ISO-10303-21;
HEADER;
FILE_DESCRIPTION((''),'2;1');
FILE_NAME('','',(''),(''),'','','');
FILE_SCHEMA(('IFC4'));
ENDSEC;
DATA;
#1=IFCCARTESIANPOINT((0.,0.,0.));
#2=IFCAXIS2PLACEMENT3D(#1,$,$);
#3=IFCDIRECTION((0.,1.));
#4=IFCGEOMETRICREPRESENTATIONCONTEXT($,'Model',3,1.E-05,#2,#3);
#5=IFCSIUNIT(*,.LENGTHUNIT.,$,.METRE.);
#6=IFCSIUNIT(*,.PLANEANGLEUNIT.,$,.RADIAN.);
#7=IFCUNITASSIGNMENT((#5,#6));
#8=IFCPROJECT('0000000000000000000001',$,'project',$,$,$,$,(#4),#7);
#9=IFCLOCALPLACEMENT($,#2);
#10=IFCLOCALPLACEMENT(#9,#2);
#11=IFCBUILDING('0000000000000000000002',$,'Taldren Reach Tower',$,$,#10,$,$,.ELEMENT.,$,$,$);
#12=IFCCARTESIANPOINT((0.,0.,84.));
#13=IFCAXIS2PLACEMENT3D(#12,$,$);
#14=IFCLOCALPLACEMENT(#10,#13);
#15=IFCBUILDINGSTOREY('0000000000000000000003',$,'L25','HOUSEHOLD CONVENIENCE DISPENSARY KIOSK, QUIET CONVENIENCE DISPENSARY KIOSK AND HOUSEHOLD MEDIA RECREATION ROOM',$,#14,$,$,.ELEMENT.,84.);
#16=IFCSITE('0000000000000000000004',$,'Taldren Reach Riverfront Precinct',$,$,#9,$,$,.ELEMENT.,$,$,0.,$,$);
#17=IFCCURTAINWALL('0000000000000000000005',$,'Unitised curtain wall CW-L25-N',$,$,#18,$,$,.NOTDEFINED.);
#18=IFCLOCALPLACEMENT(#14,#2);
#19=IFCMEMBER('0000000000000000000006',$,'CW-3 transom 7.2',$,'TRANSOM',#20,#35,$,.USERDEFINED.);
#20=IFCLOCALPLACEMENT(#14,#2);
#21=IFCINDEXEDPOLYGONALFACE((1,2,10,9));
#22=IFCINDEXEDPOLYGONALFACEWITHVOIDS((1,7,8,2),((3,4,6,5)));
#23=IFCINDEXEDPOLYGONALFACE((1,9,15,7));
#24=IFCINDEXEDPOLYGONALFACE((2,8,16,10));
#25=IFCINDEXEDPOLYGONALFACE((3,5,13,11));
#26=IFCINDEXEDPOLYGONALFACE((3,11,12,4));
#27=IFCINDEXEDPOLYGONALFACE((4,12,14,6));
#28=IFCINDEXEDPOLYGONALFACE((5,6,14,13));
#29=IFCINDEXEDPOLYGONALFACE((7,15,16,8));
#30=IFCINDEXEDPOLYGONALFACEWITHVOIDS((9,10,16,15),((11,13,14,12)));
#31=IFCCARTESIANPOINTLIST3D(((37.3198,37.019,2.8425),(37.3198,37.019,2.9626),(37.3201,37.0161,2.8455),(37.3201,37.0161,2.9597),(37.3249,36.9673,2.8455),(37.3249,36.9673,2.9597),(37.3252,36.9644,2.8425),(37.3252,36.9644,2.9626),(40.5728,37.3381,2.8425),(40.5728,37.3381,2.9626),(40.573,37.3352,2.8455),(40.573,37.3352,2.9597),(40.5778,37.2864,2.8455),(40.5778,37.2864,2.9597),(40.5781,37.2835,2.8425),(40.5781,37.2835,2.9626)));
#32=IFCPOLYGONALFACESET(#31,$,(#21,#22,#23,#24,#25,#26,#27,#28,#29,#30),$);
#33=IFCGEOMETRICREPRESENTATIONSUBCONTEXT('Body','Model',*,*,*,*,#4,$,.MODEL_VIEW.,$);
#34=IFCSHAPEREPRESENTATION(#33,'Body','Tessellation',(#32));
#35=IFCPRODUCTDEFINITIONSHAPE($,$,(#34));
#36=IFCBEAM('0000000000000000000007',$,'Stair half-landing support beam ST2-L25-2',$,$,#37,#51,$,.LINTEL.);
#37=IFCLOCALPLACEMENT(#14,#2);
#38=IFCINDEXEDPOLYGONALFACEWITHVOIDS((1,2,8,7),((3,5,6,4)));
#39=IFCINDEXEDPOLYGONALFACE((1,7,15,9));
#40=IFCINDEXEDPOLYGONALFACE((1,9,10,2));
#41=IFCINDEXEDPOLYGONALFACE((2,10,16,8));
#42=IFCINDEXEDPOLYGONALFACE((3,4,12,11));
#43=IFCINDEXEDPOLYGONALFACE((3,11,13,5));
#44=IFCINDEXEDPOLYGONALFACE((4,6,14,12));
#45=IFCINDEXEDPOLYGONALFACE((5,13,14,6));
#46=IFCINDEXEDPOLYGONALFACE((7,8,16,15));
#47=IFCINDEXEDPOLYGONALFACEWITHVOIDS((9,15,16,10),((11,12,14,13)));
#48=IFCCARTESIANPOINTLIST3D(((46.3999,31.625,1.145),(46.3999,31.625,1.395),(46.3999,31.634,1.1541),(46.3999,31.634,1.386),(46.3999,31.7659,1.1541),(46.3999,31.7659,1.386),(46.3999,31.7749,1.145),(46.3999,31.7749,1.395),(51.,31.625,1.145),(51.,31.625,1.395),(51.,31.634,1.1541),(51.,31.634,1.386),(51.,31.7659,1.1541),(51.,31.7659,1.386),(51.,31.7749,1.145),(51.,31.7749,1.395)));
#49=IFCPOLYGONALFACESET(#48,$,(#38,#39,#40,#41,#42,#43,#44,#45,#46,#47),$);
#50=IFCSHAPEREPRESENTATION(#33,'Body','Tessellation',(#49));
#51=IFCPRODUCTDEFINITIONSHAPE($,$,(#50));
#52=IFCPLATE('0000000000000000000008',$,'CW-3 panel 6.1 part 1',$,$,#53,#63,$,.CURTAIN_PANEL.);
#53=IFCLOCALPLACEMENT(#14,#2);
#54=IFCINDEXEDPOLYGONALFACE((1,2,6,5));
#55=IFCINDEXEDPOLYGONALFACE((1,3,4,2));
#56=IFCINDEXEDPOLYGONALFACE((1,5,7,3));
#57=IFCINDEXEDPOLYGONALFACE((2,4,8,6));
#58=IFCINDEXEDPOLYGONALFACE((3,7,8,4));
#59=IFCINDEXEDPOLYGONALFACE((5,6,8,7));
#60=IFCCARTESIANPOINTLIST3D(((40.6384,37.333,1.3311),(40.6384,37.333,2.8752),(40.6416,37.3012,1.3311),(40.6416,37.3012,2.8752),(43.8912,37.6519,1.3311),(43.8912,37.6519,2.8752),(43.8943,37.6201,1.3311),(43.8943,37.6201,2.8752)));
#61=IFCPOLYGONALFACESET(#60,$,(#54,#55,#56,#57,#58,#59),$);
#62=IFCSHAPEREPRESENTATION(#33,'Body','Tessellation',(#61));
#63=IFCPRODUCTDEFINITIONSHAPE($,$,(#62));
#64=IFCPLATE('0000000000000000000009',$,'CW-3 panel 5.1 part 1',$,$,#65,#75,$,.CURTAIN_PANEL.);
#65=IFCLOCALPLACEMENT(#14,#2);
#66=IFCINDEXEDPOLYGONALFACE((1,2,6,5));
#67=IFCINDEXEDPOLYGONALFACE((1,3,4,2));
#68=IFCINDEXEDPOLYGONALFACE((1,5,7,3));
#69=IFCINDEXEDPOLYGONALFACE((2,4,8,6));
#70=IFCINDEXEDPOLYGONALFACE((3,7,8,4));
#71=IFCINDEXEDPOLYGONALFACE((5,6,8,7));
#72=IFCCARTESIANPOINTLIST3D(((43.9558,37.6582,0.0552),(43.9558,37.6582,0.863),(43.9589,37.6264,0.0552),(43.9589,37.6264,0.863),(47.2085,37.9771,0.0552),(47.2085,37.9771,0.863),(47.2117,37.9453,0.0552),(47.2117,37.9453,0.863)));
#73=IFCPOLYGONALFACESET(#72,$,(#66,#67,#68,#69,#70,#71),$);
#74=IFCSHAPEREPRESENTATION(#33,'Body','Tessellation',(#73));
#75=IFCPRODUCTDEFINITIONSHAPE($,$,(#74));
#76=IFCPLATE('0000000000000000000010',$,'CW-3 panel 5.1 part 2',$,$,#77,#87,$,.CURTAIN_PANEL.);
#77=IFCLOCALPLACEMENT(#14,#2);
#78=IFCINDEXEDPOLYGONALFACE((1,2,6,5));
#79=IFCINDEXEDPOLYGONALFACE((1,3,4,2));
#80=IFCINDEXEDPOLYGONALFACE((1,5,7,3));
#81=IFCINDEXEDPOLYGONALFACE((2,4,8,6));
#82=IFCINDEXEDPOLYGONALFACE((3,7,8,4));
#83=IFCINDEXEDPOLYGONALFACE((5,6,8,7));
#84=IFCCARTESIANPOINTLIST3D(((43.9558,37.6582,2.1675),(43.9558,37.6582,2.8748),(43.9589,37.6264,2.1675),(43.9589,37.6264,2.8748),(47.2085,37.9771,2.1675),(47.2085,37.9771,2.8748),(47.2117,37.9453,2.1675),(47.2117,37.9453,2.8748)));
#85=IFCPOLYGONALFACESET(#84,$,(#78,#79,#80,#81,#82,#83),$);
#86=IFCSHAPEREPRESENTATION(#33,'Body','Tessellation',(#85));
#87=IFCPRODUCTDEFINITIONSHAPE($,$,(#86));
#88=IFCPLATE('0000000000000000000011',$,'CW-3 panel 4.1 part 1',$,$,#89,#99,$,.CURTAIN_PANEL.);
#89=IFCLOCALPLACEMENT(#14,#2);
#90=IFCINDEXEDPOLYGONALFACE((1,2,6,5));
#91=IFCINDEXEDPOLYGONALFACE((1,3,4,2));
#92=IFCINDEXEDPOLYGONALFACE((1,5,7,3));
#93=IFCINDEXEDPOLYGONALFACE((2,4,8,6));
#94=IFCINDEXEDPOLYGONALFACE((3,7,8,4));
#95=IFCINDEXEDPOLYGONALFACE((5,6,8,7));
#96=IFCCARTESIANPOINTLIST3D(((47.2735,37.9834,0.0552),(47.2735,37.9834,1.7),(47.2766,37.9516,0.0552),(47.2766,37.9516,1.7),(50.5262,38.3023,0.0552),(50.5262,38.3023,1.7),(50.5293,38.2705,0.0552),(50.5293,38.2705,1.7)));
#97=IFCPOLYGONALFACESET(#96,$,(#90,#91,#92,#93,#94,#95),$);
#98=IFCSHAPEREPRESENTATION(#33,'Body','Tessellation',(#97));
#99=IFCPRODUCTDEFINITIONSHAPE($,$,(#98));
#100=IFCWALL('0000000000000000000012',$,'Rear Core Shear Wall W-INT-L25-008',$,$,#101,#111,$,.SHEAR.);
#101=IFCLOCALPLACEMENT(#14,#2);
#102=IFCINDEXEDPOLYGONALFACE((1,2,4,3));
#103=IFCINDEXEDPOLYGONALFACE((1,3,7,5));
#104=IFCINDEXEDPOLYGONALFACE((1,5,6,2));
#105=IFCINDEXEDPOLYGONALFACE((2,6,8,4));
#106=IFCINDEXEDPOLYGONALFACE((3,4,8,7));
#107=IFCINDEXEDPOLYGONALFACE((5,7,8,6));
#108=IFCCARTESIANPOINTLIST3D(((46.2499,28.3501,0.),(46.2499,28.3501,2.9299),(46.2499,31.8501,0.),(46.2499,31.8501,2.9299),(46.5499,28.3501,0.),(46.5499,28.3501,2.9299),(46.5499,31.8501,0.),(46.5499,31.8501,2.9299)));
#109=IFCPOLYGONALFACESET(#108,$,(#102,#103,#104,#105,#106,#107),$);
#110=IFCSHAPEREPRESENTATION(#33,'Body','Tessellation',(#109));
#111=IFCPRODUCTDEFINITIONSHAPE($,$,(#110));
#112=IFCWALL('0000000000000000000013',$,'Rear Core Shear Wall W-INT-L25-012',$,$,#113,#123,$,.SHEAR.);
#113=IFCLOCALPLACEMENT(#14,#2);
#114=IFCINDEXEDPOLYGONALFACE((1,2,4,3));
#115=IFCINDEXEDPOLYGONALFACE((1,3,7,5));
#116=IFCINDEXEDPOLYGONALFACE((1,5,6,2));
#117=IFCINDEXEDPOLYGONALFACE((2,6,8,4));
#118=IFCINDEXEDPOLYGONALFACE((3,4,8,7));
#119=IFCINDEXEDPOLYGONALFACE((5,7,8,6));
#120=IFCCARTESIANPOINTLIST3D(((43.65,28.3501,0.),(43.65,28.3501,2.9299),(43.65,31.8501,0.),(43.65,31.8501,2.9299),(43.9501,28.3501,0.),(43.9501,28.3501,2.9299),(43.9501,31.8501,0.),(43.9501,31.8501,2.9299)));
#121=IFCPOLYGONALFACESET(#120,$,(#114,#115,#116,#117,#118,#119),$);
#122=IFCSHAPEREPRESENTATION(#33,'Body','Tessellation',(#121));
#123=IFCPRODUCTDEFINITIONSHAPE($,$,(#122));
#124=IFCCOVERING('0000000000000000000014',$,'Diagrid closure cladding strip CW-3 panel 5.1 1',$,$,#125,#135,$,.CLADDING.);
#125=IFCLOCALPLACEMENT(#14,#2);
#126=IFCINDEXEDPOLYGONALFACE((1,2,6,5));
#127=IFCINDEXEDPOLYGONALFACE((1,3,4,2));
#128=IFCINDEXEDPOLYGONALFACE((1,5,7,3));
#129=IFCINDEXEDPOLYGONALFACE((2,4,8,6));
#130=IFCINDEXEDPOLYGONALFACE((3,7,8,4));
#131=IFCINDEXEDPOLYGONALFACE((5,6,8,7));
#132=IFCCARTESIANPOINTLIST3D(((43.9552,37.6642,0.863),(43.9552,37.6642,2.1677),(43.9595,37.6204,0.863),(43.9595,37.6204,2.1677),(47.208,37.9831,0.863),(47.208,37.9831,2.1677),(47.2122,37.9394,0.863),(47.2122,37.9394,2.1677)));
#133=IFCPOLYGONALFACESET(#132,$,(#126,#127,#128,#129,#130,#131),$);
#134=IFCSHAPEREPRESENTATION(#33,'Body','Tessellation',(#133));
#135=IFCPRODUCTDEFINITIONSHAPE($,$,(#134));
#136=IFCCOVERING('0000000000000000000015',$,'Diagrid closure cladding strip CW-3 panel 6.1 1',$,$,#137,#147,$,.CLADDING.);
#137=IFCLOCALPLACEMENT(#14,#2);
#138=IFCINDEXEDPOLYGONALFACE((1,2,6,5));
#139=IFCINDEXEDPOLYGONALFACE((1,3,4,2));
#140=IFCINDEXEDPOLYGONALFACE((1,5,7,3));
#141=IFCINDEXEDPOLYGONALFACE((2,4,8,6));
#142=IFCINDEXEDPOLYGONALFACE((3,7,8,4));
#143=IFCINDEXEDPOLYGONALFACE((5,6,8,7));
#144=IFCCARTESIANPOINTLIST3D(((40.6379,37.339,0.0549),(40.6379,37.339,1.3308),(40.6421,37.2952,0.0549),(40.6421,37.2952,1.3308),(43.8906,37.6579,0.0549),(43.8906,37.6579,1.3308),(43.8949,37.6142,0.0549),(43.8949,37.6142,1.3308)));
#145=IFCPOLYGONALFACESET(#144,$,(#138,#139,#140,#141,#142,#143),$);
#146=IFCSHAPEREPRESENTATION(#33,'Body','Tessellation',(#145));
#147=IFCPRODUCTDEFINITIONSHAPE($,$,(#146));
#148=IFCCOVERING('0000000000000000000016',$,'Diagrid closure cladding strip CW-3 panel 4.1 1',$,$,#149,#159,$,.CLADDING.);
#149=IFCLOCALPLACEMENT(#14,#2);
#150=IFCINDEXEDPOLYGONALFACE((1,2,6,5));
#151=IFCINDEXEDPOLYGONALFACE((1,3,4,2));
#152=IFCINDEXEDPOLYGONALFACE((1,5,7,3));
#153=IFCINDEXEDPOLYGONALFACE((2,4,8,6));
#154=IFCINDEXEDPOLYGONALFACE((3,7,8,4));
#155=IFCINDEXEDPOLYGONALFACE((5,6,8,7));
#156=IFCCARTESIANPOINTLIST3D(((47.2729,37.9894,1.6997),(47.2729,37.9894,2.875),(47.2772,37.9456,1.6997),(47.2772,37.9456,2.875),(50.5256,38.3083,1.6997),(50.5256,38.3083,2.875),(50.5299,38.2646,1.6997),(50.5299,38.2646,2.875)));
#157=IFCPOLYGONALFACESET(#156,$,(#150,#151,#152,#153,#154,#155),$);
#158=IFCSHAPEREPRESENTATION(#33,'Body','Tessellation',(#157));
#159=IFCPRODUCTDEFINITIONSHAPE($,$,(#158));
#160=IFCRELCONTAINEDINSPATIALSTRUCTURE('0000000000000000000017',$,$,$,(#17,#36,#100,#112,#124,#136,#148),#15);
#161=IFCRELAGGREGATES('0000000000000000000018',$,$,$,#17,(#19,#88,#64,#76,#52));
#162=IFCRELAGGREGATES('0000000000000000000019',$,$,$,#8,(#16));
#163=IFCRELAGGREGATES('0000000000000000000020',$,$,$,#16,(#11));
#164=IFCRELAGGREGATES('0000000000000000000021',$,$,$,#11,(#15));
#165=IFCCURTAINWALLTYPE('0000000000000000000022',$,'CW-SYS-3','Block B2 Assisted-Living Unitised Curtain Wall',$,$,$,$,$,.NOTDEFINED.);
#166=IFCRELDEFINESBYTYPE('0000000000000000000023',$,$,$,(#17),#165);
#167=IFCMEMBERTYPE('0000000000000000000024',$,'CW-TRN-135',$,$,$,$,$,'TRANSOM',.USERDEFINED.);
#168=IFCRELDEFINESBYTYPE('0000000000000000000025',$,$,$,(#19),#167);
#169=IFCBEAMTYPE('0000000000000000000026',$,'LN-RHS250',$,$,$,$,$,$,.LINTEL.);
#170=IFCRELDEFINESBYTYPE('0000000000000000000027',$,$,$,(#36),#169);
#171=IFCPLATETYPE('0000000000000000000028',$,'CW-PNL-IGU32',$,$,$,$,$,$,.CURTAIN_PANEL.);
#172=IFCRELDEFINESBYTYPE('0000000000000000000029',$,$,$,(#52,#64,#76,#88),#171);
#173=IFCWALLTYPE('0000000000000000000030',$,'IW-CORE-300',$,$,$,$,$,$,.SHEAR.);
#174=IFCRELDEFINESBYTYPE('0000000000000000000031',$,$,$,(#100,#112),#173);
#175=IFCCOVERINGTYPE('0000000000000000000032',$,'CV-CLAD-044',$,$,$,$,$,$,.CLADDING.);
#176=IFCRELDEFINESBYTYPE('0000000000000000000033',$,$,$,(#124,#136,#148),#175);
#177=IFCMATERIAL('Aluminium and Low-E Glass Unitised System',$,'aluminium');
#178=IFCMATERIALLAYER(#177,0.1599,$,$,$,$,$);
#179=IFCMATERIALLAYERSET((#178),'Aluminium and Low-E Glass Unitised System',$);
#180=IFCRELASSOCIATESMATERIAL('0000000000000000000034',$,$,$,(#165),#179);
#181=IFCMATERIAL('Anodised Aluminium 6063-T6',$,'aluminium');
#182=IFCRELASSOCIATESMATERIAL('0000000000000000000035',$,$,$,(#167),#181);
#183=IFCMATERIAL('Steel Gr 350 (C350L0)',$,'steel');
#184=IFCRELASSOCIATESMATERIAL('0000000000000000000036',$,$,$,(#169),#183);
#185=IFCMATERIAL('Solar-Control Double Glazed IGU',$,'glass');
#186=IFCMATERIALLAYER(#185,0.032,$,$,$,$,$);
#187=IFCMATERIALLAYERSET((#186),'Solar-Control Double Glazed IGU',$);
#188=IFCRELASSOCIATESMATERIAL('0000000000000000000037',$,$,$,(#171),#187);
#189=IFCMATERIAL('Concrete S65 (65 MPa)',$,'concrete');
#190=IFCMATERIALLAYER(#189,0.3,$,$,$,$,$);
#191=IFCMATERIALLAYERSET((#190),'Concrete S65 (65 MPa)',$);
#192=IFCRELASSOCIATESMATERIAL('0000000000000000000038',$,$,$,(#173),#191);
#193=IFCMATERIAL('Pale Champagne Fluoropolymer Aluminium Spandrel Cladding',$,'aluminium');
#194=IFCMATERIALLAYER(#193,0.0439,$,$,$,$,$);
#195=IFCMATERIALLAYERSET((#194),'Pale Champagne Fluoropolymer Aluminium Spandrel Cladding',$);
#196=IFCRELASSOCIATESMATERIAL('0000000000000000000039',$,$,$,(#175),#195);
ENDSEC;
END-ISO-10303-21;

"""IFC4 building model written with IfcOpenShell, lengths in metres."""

from ifc_helpers import new_model, si_unit, direction, frame, frame_2d, origin, origin_2d, place, context, subcontext, project, spatial, rectangle, hollow_rectangle, extrude, source, transform, mapped, material, layer, layer_set, material_profile, profile_set, type_object, element, aggregate, save


model = new_model("IFC4")

# Units and contexts
model_context = context("Model", 3, precision=1e-05, world=origin(), true_north=direction((0.0, 1.0)))
body_context = subcontext(model_context, "Body", "Model", "MODEL_VIEW")
ifc_project = project(units=[si_unit("LENGTHUNIT", "METRE"), si_unit("PLANEANGLEUNIT", "RADIAN")], contexts=[model_context])

# Site, building, storey
site_placement = place(None, origin())
site = spatial("IfcSite", under=ifc_project, at=site_placement, Name="Taldren Reach Riverfront Precinct", CompositionType="ELEMENT", RefElevation=0.0)
building_placement = place(site_placement, origin())
building = spatial("IfcBuilding", under=site, at=building_placement, Name="Taldren Reach Tower", CompositionType="ELEMENT")
storey_placement = place(building_placement, frame((0.0, 0.0, 84.0)))
storey = spatial("IfcBuildingStorey", under=building, at=storey_placement, Name="L25", Description="HOUSEHOLD CONVENIENCE DISPENSARY KIOSK, QUIET CONVENIENCE DISPENSARY KIOSK AND HOUSEHOLD MEDIA RECREATION ROOM", CompositionType="ELEMENT", Elevation=84.0)

# Shared definitions
ifc_material_1 = material(Name="Steel Gr 350 (C350L0)", Category="steel")

# Curtain wall, member
ifc_material_2 = material(Name="Aluminium and Low-E Glass Unitised System", Category="aluminium")
ifc_layer_1 = layer(ifc_material_2, 0.1599)
ifc_layer_set_1 = layer_set([ifc_layer_1], Name="Aluminium and Low-E Glass Unitised System")
curtain_wall_type = type_object("IfcCurtainWallType", Name="CW-SYS-3", Description="Block B2 Assisted-Living Unitised Curtain Wall", PredefinedType="NOTDEFINED", material=ifc_layer_set_1)
curtain_wall_placement = place(storey_placement, origin())
curtain_wall = element("IfcCurtainWall", 1, at=curtain_wall_placement, inside=storey, type_object=curtain_wall_type, Name="Unitised curtain wall CW-L25-N", PredefinedType="NOTDEFINED")
ifc_material_3 = material(Name="Anodised Aluminium 6063-T6", Category="aluminium")
ifc_material_profile_1 = material_profile(ifc_material_3, hollow_rectangle(XDim=0.0549, YDim=0.1201, WallThickness=0.0029, at=origin_2d()), Name="ALU-120x55x3RHS")
ifc_profile_set_1 = profile_set([ifc_material_profile_1], Name="Anodised Aluminium 6063-T6")
member_type_1 = type_object("IfcMemberType", Name="CW-TRN-135", ElementType="TRANSOM", PredefinedType="USERDEFINED", material=ifc_profile_set_1)
shared_shape_1 = source(origin(), body_context, "Body", "SweptSolid", [
    extrude(hollow_rectangle(XDim=0.0549, YDim=0.1201, WallThickness=0.0029, at=origin_2d()), origin(), (0.0, 0.0, 1.0), 3.2686),
])
member_1_placement = place(storey_placement, frame((40.5754, 37.3108, 2.9026), z_axis=(-0.995223, -0.097625, 0.0), x_axis=(0.097625, -0.995223, 0.0)))
member_1 = element("IfcMember", 2, at=member_1_placement, type_object=member_type_1, Name="CW-3 transom 7.2", ObjectType="TRANSOM", PredefinedType="USERDEFINED", context=body_context, shape_type="MappedRepresentation", body=[
    mapped(shared_shape_1, transform((0.0, 0.0, 0.0), scale=1.0)),
])

# Beam
ifc_material_profile_2 = material_profile(ifc_material_1, hollow_rectangle(XDim=0.1499, YDim=0.25, WallThickness=0.009, at=origin_2d()), Name="250x150x9.0RHS")
ifc_profile_set_2 = profile_set([ifc_material_profile_2], Name="Steel Gr 350 (C350L0)")
beam_type = type_object("IfcBeamType", Name="LN-RHS250", PredefinedType="LINTEL", material=ifc_profile_set_2)
shared_shape_2 = source(origin(), body_context, "Body", "SweptSolid", [
    extrude(hollow_rectangle(XDim=0.1499, YDim=0.25, WallThickness=0.009, at=origin_2d()), origin(), (0.0, 0.0, 1.0), 4.6001),
])
beam_placement = place(storey_placement, frame((46.3999, 31.7, 1.27), z_axis=(1.0, 0.0, 0.0), x_axis=(0.0, 1.0, 0.0)))
element("IfcBeam", 3, at=beam_placement, inside=storey, type_object=beam_type, Name="Stair half-landing support beam ST2-L25-2", PredefinedType="LINTEL", context=body_context, shape_type="MappedRepresentation", body=[
    mapped(shared_shape_2, transform((0.0, 0.0, 0.0), scale=1.0)),
])

# Plates
ifc_material_4 = material(Name="Solar-Control Double Glazed IGU", Category="glass")
ifc_layer_2 = layer(ifc_material_4, 0.032)
ifc_layer_set_2 = layer_set([ifc_layer_2], Name="Solar-Control Double Glazed IGU")
plate_type = type_object("IfcPlateType", Name="CW-PNL-IGU32", PredefinedType="CURTAIN_PANEL", material=ifc_layer_set_2)
shared_shape_3 = source(origin(), body_context, "Body", "SweptSolid", [
    extrude(rectangle(XDim=3.2683, YDim=0.032, at=origin_2d()), origin(), (0.0, 0.0, 1.0), 1.5442),
])
plate_1_placement = place(storey_placement, frame((42.2664, 37.4766, 1.3311), z_axis=(0.0, 0.0, 1.0), x_axis=(-0.995227, -0.097583, 0.0)))
plate_1 = element("IfcPlate", 4, at=plate_1_placement, type_object=plate_type, Name="CW-3 panel 6.1 part 1", PredefinedType="CURTAIN_PANEL", context=body_context, shape_type="MappedRepresentation", body=[
    mapped(shared_shape_3, transform((0.0, 0.0, 0.0), scale=1.0)),
])
shared_shape_4 = source(origin(), body_context, "Body", "SweptSolid", [
    extrude(rectangle(XDim=3.2683, YDim=0.032, at=origin_2d()), origin(), (0.0, 0.0, 1.0), 0.8079),
])
plate_2_placement = place(storey_placement, frame((45.5837, 37.8018, 0.0552), z_axis=(0.0, 0.0, 1.0), x_axis=(-0.995227, -0.097583, 0.0)))
plate_2 = element("IfcPlate", 5, at=plate_2_placement, type_object=plate_type, Name="CW-3 panel 5.1 part 1", PredefinedType="CURTAIN_PANEL", context=body_context, shape_type="MappedRepresentation", body=[
    mapped(shared_shape_4, transform((0.0, 0.0, 0.0), scale=1.0)),
])
shared_shape_5 = source(origin(), body_context, "Body", "SweptSolid", [
    extrude(rectangle(XDim=3.2683, YDim=0.032, at=origin_2d()), origin(), (0.0, 0.0, 1.0), 0.7073),
])
plate_3_placement = place(storey_placement, frame((45.5837, 37.8018, 2.1675), z_axis=(0.0, 0.0, 1.0), x_axis=(-0.995227, -0.097583, 0.0)))
plate_3 = element("IfcPlate", 6, at=plate_3_placement, type_object=plate_type, Name="CW-3 panel 5.1 part 2", PredefinedType="CURTAIN_PANEL", context=body_context, shape_type="MappedRepresentation", body=[
    mapped(shared_shape_5, transform((0.0, 0.0, 0.0), scale=1.0)),
])
shared_shape_6 = source(origin(), body_context, "Body", "SweptSolid", [
    extrude(rectangle(XDim=3.2683, YDim=0.032, at=origin_2d()), origin(), (0.0, 0.0, 1.0), 1.6448),
])
plate_4_placement = place(storey_placement, frame((48.9014, 38.127, 0.0552), z_axis=(0.0, 0.0, 1.0), x_axis=(-0.995227, -0.097583, 0.0)))
plate_4 = element("IfcPlate", 7, at=plate_4_placement, type_object=plate_type, Name="CW-3 panel 4.1 part 1", PredefinedType="CURTAIN_PANEL", context=body_context, shape_type="MappedRepresentation", body=[
    mapped(shared_shape_6, transform((0.0, 0.0, 0.0), scale=1.0)),
])
aggregate(curtain_wall, [member_1, plate_4, plate_2, plate_3, plate_1])

# Walls
ifc_material_5 = material(Name="Concrete S65 (65 MPa)", Category="concrete")
ifc_layer_3 = layer(ifc_material_5, 0.3)
ifc_layer_set_3 = layer_set([ifc_layer_3], Name="Concrete S65 (65 MPa)")
wall_type = type_object("IfcWallType", Name="IW-CORE-300", PredefinedType="SHEAR", material=ifc_layer_set_3)
shared_shape_7 = source(origin(), body_context, "Body", "SweptSolid", [
    extrude(rectangle(XDim=3.5, YDim=0.3, at=frame_2d((1.75, 0.0))), origin(), (0.0, 0.0, 1.0), 2.9299),
])
for number, where, z_axis, x_axis, name in (
    (8, (46.3999, 31.8501, 0.0), (0.0, 0.0, 1.0), (0.0, -1.0, 0.0), "Rear Core Shear Wall W-INT-L25-008"),
    (9, (43.8, 31.8501, 0.0), (0.0, 0.0, 1.0), (0.0, -1.0, 0.0), "Rear Core Shear Wall W-INT-L25-012"),
):
    element("IfcWall", number, at=place(storey_placement, frame(where, z_axis=z_axis, x_axis=x_axis)), inside=storey, type_object=wall_type, Name=name, PredefinedType="SHEAR", context=body_context, shape_type="MappedRepresentation", body=[
        mapped(shared_shape_7, transform((0.0, 0.0, 0.0), scale=1.0)),
    ])

# Coverings
ifc_material_6 = material(Name="Pale Champagne Fluoropolymer Aluminium Spandrel Cladding", Category="aluminium")
ifc_layer_4 = layer(ifc_material_6, 0.0439)
ifc_layer_set_4 = layer_set([ifc_layer_4], Name="Pale Champagne Fluoropolymer Aluminium Spandrel Cladding")
covering_type = type_object("IfcCoveringType", Name="CV-CLAD-044", PredefinedType="CLADDING", material=ifc_layer_set_4)
shared_shape_8 = source(origin(), body_context, "Body", "SweptSolid", [
    extrude(rectangle(XDim=3.2683, YDim=0.0439, at=origin_2d()), origin(), (0.0, 0.0, 1.0), 1.3047),
])
covering_1_placement = place(storey_placement, frame((45.5837, 37.8018, 0.863), z_axis=(0.0, 0.0, 1.0), x_axis=(-0.995227, -0.097583, 0.0)))
element("IfcCovering", 10, at=covering_1_placement, inside=storey, type_object=covering_type, Name="Diagrid closure cladding strip CW-3 panel 5.1 1", PredefinedType="CLADDING", context=body_context, shape_type="MappedRepresentation", body=[
    mapped(shared_shape_8, transform((0.0, 0.0, 0.0), scale=1.0)),
])
shared_shape_9 = source(origin(), body_context, "Body", "SweptSolid", [
    extrude(rectangle(XDim=3.2683, YDim=0.0439, at=origin_2d()), origin(), (0.0, 0.0, 1.0), 1.2759),
])
covering_2_placement = place(storey_placement, frame((42.2664, 37.4766, 0.0549), z_axis=(0.0, 0.0, 1.0), x_axis=(-0.995227, -0.097583, 0.0)))
element("IfcCovering", 11, at=covering_2_placement, inside=storey, type_object=covering_type, Name="Diagrid closure cladding strip CW-3 panel 6.1 1", PredefinedType="CLADDING", context=body_context, shape_type="MappedRepresentation", body=[
    mapped(shared_shape_9, transform((0.0, 0.0, 0.0), scale=1.0)),
])
shared_shape_10 = source(origin(), body_context, "Body", "SweptSolid", [
    extrude(rectangle(XDim=3.2683, YDim=0.0439, at=origin_2d()), origin(), (0.0, 0.0, 1.0), 1.1753),
])
covering_3_placement = place(storey_placement, frame((48.9014, 38.127, 1.6997), z_axis=(0.0, 0.0, 1.0), x_axis=(-0.995227, -0.097583, 0.0)))
element("IfcCovering", 12, at=covering_3_placement, inside=storey, type_object=covering_type, Name="Diagrid closure cladding strip CW-3 panel 4.1 1", PredefinedType="CLADDING", context=body_context, shape_type="MappedRepresentation", body=[
    mapped(shared_shape_10, transform((0.0, 0.0, 0.0), scale=1.0)),
])

save(model, "model.ifc")
